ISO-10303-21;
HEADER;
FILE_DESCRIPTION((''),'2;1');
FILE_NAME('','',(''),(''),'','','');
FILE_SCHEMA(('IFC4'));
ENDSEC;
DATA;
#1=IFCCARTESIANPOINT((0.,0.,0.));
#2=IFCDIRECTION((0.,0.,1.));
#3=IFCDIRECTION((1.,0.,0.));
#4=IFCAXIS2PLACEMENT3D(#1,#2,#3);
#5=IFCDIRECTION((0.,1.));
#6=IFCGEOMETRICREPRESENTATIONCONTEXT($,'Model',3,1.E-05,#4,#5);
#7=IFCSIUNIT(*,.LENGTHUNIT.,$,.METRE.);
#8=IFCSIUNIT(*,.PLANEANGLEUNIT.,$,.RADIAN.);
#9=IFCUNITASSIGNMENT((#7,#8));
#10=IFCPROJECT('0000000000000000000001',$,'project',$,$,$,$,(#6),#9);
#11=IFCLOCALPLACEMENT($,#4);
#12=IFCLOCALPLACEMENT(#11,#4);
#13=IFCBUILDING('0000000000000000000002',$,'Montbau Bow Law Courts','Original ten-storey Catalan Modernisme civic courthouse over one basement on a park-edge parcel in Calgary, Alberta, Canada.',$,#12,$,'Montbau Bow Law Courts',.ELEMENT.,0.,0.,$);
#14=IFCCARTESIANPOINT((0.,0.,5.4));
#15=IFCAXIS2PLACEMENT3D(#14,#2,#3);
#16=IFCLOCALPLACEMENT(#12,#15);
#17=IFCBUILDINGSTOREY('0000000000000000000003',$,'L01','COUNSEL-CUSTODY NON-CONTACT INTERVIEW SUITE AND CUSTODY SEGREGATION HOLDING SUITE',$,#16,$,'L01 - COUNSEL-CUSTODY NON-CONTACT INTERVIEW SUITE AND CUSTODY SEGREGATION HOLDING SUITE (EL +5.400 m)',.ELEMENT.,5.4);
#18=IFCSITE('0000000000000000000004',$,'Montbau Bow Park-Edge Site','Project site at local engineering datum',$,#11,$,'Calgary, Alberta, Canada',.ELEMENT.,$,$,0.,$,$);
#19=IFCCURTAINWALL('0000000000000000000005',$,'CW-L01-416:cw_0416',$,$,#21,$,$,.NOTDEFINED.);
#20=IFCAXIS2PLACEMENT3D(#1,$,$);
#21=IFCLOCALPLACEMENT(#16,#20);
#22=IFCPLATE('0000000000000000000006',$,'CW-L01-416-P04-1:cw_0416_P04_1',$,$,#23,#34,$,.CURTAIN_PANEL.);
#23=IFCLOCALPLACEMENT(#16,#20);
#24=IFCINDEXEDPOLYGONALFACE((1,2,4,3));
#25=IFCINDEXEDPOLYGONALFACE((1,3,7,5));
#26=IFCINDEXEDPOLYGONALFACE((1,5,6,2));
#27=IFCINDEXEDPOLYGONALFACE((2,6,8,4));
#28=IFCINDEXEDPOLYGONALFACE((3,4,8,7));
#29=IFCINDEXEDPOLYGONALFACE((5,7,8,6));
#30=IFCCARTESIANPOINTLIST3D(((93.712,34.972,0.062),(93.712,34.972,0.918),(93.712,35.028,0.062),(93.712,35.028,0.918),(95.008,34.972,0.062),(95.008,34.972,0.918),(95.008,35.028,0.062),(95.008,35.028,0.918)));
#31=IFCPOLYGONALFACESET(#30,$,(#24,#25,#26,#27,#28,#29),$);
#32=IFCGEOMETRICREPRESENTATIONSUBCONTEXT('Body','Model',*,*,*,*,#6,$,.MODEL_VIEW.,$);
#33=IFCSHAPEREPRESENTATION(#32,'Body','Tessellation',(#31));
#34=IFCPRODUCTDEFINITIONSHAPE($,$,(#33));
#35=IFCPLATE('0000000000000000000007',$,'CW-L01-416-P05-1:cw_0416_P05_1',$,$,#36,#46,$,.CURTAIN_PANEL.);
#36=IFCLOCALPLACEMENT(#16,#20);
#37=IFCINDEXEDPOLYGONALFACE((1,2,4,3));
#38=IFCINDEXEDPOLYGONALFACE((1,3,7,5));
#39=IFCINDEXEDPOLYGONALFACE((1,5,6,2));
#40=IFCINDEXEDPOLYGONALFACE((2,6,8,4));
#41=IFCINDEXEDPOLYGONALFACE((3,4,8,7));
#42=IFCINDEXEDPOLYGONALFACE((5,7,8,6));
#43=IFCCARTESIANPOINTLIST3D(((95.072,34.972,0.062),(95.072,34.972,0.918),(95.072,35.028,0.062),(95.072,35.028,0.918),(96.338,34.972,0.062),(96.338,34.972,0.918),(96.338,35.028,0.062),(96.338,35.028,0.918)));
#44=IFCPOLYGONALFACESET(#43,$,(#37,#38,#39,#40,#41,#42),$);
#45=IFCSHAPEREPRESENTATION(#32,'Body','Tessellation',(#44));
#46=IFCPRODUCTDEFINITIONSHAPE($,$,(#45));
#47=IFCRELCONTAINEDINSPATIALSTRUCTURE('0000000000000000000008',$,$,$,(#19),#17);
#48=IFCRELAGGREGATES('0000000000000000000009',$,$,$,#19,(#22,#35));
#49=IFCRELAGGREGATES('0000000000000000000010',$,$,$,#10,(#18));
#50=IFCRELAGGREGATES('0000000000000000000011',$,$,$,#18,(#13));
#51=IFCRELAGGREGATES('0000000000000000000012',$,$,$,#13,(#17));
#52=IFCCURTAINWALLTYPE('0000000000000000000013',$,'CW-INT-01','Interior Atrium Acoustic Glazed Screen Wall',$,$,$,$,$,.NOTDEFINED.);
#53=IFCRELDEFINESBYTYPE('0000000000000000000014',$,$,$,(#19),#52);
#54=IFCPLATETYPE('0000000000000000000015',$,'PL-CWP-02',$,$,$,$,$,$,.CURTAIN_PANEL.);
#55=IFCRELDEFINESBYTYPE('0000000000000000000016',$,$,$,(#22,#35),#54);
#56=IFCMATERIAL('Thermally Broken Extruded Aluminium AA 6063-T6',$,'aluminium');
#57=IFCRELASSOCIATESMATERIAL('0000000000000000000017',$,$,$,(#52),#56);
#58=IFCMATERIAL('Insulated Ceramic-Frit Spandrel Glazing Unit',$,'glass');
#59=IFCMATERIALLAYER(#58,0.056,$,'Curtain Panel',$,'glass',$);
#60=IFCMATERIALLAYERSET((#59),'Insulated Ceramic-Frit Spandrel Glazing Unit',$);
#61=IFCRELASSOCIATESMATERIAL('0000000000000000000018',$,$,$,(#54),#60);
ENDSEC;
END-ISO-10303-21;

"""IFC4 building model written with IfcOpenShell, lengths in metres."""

from ifc_helpers import new_model, si_unit, direction, frame, frame_2d, origin_with_axes, place, context, subcontext, project, spatial, rectangle, extrude, material, layer, layer_set, type_object, element, aggregate, save


model = new_model("IFC4")

# Units and contexts
model_context = context("Model", 3, precision=1e-05, world=origin_with_axes(), true_north=direction((0.0, 1.0)))
body_context = subcontext(model_context, "Body", "Model", "MODEL_VIEW")
ifc_project = project(units=[si_unit("LENGTHUNIT", "METRE"), si_unit("PLANEANGLEUNIT", "RADIAN")], contexts=[model_context])

# Site, building, storey
site_placement = place(None, origin_with_axes())
site = spatial("IfcSite", under=ifc_project, at=site_placement, Name="Montbau Bow Park-Edge Site", Description="Project site at local engineering datum", LongName="Calgary, Alberta, Canada", CompositionType="ELEMENT", RefElevation=0.0)
building_placement = place(site_placement, origin_with_axes())
building = spatial("IfcBuilding", under=site, at=building_placement, Name="Montbau Bow Law Courts", Description="Original ten-storey Catalan Modernisme civic courthouse over one basement on a park-edge parcel in Calgary, Alberta, Canada.", LongName="Montbau Bow Law Courts", CompositionType="ELEMENT", ElevationOfRefHeight=0.0, ElevationOfTerrain=0.0)
storey_placement = place(building_placement, frame((0.0, 0.0, 5.4), z_axis=(0.0, 0.0, 1.0), x_axis=(1.0, 0.0, 0.0)))
storey = spatial("IfcBuildingStorey", under=building, at=storey_placement, Name="L01", Description="COUNSEL-CUSTODY NON-CONTACT INTERVIEW SUITE AND CUSTODY SEGREGATION HOLDING SUITE", LongName="L01 - COUNSEL-CUSTODY NON-CONTACT INTERVIEW SUITE AND CUSTODY SEGREGATION HOLDING SUITE (EL +5.400 m)", CompositionType="ELEMENT", Elevation=5.4)

# Curtain wall, plates
ifc_material_1 = material(Name="Thermally Broken Extruded Aluminium AA 6063-T6", Category="aluminium")
curtain_wall_type = type_object("IfcCurtainWallType", Name="CW-INT-01", Description="Interior Atrium Acoustic Glazed Screen Wall", PredefinedType="NOTDEFINED", material=ifc_material_1)
curtain_wall_placement = place(None, frame((89.6, 35.0, 5.4), z_axis=(0.0, 0.0, 1.0), x_axis=(1.0, 0.0, 0.0)))
curtain_wall = element("IfcCurtainWall", 1, at=curtain_wall_placement, inside=storey, type_object=curtain_wall_type, Name="CW-L01-416:cw_0416", PredefinedType="NOTDEFINED")
ifc_material_2 = material(Name="Insulated Ceramic-Frit Spandrel Glazing Unit", Category="glass")
ifc_layer_1 = layer(ifc_material_2, 0.056, Name="Curtain Panel", Category="glass")
ifc_layer_set_1 = layer_set([ifc_layer_1], Name="Insulated Ceramic-Frit Spandrel Glazing Unit")
plate_type_1 = type_object("IfcPlateType", Name="PL-CWP-02", PredefinedType="CURTAIN_PANEL", material=ifc_layer_set_1)
plate_1_placement = place(None, frame((93.712, 35.0, 5.462), z_axis=(0.0, -1.0, 0.0), x_axis=(1.0, 0.0, 0.0)))
plate_1 = element("IfcPlate", 2, at=plate_1_placement, type_object=plate_type_1, Name="CW-L01-416-P04-1:cw_0416_P04_1", PredefinedType="CURTAIN_PANEL", context=body_context, shape_type="SweptSolid", body=[
    extrude(rectangle(XDim=1.296, YDim=0.856, at=frame_2d((0.648, 0.428), x_axis=(1.0, 0.0))), frame((0.0, 0.0, -0.028), z_axis=(0.0, 0.0, 1.0), x_axis=(1.0, 0.0, 0.0)), (0.0, 0.0, 1.0), 0.056),
])
plate_2_placement = place(None, frame((95.072, 35.0, 5.462), z_axis=(0.0, -1.0, 0.0), x_axis=(1.0, 0.0, 0.0)))
plate_2 = element("IfcPlate", 3, at=plate_2_placement, type_object=plate_type_1, Name="CW-L01-416-P05-1:cw_0416_P05_1", PredefinedType="CURTAIN_PANEL", context=body_context, shape_type="SweptSolid", body=[
    extrude(rectangle(XDim=1.266, YDim=0.856, at=frame_2d((0.633, 0.428), x_axis=(1.0, 0.0))), frame((0.0, 0.0, -0.028), z_axis=(0.0, 0.0, 1.0), x_axis=(1.0, 0.0, 0.0)), (0.0, 0.0, 1.0), 0.056),
])
aggregate(curtain_wall, [plate_1, plate_2])

save(model, "model.ifc")
